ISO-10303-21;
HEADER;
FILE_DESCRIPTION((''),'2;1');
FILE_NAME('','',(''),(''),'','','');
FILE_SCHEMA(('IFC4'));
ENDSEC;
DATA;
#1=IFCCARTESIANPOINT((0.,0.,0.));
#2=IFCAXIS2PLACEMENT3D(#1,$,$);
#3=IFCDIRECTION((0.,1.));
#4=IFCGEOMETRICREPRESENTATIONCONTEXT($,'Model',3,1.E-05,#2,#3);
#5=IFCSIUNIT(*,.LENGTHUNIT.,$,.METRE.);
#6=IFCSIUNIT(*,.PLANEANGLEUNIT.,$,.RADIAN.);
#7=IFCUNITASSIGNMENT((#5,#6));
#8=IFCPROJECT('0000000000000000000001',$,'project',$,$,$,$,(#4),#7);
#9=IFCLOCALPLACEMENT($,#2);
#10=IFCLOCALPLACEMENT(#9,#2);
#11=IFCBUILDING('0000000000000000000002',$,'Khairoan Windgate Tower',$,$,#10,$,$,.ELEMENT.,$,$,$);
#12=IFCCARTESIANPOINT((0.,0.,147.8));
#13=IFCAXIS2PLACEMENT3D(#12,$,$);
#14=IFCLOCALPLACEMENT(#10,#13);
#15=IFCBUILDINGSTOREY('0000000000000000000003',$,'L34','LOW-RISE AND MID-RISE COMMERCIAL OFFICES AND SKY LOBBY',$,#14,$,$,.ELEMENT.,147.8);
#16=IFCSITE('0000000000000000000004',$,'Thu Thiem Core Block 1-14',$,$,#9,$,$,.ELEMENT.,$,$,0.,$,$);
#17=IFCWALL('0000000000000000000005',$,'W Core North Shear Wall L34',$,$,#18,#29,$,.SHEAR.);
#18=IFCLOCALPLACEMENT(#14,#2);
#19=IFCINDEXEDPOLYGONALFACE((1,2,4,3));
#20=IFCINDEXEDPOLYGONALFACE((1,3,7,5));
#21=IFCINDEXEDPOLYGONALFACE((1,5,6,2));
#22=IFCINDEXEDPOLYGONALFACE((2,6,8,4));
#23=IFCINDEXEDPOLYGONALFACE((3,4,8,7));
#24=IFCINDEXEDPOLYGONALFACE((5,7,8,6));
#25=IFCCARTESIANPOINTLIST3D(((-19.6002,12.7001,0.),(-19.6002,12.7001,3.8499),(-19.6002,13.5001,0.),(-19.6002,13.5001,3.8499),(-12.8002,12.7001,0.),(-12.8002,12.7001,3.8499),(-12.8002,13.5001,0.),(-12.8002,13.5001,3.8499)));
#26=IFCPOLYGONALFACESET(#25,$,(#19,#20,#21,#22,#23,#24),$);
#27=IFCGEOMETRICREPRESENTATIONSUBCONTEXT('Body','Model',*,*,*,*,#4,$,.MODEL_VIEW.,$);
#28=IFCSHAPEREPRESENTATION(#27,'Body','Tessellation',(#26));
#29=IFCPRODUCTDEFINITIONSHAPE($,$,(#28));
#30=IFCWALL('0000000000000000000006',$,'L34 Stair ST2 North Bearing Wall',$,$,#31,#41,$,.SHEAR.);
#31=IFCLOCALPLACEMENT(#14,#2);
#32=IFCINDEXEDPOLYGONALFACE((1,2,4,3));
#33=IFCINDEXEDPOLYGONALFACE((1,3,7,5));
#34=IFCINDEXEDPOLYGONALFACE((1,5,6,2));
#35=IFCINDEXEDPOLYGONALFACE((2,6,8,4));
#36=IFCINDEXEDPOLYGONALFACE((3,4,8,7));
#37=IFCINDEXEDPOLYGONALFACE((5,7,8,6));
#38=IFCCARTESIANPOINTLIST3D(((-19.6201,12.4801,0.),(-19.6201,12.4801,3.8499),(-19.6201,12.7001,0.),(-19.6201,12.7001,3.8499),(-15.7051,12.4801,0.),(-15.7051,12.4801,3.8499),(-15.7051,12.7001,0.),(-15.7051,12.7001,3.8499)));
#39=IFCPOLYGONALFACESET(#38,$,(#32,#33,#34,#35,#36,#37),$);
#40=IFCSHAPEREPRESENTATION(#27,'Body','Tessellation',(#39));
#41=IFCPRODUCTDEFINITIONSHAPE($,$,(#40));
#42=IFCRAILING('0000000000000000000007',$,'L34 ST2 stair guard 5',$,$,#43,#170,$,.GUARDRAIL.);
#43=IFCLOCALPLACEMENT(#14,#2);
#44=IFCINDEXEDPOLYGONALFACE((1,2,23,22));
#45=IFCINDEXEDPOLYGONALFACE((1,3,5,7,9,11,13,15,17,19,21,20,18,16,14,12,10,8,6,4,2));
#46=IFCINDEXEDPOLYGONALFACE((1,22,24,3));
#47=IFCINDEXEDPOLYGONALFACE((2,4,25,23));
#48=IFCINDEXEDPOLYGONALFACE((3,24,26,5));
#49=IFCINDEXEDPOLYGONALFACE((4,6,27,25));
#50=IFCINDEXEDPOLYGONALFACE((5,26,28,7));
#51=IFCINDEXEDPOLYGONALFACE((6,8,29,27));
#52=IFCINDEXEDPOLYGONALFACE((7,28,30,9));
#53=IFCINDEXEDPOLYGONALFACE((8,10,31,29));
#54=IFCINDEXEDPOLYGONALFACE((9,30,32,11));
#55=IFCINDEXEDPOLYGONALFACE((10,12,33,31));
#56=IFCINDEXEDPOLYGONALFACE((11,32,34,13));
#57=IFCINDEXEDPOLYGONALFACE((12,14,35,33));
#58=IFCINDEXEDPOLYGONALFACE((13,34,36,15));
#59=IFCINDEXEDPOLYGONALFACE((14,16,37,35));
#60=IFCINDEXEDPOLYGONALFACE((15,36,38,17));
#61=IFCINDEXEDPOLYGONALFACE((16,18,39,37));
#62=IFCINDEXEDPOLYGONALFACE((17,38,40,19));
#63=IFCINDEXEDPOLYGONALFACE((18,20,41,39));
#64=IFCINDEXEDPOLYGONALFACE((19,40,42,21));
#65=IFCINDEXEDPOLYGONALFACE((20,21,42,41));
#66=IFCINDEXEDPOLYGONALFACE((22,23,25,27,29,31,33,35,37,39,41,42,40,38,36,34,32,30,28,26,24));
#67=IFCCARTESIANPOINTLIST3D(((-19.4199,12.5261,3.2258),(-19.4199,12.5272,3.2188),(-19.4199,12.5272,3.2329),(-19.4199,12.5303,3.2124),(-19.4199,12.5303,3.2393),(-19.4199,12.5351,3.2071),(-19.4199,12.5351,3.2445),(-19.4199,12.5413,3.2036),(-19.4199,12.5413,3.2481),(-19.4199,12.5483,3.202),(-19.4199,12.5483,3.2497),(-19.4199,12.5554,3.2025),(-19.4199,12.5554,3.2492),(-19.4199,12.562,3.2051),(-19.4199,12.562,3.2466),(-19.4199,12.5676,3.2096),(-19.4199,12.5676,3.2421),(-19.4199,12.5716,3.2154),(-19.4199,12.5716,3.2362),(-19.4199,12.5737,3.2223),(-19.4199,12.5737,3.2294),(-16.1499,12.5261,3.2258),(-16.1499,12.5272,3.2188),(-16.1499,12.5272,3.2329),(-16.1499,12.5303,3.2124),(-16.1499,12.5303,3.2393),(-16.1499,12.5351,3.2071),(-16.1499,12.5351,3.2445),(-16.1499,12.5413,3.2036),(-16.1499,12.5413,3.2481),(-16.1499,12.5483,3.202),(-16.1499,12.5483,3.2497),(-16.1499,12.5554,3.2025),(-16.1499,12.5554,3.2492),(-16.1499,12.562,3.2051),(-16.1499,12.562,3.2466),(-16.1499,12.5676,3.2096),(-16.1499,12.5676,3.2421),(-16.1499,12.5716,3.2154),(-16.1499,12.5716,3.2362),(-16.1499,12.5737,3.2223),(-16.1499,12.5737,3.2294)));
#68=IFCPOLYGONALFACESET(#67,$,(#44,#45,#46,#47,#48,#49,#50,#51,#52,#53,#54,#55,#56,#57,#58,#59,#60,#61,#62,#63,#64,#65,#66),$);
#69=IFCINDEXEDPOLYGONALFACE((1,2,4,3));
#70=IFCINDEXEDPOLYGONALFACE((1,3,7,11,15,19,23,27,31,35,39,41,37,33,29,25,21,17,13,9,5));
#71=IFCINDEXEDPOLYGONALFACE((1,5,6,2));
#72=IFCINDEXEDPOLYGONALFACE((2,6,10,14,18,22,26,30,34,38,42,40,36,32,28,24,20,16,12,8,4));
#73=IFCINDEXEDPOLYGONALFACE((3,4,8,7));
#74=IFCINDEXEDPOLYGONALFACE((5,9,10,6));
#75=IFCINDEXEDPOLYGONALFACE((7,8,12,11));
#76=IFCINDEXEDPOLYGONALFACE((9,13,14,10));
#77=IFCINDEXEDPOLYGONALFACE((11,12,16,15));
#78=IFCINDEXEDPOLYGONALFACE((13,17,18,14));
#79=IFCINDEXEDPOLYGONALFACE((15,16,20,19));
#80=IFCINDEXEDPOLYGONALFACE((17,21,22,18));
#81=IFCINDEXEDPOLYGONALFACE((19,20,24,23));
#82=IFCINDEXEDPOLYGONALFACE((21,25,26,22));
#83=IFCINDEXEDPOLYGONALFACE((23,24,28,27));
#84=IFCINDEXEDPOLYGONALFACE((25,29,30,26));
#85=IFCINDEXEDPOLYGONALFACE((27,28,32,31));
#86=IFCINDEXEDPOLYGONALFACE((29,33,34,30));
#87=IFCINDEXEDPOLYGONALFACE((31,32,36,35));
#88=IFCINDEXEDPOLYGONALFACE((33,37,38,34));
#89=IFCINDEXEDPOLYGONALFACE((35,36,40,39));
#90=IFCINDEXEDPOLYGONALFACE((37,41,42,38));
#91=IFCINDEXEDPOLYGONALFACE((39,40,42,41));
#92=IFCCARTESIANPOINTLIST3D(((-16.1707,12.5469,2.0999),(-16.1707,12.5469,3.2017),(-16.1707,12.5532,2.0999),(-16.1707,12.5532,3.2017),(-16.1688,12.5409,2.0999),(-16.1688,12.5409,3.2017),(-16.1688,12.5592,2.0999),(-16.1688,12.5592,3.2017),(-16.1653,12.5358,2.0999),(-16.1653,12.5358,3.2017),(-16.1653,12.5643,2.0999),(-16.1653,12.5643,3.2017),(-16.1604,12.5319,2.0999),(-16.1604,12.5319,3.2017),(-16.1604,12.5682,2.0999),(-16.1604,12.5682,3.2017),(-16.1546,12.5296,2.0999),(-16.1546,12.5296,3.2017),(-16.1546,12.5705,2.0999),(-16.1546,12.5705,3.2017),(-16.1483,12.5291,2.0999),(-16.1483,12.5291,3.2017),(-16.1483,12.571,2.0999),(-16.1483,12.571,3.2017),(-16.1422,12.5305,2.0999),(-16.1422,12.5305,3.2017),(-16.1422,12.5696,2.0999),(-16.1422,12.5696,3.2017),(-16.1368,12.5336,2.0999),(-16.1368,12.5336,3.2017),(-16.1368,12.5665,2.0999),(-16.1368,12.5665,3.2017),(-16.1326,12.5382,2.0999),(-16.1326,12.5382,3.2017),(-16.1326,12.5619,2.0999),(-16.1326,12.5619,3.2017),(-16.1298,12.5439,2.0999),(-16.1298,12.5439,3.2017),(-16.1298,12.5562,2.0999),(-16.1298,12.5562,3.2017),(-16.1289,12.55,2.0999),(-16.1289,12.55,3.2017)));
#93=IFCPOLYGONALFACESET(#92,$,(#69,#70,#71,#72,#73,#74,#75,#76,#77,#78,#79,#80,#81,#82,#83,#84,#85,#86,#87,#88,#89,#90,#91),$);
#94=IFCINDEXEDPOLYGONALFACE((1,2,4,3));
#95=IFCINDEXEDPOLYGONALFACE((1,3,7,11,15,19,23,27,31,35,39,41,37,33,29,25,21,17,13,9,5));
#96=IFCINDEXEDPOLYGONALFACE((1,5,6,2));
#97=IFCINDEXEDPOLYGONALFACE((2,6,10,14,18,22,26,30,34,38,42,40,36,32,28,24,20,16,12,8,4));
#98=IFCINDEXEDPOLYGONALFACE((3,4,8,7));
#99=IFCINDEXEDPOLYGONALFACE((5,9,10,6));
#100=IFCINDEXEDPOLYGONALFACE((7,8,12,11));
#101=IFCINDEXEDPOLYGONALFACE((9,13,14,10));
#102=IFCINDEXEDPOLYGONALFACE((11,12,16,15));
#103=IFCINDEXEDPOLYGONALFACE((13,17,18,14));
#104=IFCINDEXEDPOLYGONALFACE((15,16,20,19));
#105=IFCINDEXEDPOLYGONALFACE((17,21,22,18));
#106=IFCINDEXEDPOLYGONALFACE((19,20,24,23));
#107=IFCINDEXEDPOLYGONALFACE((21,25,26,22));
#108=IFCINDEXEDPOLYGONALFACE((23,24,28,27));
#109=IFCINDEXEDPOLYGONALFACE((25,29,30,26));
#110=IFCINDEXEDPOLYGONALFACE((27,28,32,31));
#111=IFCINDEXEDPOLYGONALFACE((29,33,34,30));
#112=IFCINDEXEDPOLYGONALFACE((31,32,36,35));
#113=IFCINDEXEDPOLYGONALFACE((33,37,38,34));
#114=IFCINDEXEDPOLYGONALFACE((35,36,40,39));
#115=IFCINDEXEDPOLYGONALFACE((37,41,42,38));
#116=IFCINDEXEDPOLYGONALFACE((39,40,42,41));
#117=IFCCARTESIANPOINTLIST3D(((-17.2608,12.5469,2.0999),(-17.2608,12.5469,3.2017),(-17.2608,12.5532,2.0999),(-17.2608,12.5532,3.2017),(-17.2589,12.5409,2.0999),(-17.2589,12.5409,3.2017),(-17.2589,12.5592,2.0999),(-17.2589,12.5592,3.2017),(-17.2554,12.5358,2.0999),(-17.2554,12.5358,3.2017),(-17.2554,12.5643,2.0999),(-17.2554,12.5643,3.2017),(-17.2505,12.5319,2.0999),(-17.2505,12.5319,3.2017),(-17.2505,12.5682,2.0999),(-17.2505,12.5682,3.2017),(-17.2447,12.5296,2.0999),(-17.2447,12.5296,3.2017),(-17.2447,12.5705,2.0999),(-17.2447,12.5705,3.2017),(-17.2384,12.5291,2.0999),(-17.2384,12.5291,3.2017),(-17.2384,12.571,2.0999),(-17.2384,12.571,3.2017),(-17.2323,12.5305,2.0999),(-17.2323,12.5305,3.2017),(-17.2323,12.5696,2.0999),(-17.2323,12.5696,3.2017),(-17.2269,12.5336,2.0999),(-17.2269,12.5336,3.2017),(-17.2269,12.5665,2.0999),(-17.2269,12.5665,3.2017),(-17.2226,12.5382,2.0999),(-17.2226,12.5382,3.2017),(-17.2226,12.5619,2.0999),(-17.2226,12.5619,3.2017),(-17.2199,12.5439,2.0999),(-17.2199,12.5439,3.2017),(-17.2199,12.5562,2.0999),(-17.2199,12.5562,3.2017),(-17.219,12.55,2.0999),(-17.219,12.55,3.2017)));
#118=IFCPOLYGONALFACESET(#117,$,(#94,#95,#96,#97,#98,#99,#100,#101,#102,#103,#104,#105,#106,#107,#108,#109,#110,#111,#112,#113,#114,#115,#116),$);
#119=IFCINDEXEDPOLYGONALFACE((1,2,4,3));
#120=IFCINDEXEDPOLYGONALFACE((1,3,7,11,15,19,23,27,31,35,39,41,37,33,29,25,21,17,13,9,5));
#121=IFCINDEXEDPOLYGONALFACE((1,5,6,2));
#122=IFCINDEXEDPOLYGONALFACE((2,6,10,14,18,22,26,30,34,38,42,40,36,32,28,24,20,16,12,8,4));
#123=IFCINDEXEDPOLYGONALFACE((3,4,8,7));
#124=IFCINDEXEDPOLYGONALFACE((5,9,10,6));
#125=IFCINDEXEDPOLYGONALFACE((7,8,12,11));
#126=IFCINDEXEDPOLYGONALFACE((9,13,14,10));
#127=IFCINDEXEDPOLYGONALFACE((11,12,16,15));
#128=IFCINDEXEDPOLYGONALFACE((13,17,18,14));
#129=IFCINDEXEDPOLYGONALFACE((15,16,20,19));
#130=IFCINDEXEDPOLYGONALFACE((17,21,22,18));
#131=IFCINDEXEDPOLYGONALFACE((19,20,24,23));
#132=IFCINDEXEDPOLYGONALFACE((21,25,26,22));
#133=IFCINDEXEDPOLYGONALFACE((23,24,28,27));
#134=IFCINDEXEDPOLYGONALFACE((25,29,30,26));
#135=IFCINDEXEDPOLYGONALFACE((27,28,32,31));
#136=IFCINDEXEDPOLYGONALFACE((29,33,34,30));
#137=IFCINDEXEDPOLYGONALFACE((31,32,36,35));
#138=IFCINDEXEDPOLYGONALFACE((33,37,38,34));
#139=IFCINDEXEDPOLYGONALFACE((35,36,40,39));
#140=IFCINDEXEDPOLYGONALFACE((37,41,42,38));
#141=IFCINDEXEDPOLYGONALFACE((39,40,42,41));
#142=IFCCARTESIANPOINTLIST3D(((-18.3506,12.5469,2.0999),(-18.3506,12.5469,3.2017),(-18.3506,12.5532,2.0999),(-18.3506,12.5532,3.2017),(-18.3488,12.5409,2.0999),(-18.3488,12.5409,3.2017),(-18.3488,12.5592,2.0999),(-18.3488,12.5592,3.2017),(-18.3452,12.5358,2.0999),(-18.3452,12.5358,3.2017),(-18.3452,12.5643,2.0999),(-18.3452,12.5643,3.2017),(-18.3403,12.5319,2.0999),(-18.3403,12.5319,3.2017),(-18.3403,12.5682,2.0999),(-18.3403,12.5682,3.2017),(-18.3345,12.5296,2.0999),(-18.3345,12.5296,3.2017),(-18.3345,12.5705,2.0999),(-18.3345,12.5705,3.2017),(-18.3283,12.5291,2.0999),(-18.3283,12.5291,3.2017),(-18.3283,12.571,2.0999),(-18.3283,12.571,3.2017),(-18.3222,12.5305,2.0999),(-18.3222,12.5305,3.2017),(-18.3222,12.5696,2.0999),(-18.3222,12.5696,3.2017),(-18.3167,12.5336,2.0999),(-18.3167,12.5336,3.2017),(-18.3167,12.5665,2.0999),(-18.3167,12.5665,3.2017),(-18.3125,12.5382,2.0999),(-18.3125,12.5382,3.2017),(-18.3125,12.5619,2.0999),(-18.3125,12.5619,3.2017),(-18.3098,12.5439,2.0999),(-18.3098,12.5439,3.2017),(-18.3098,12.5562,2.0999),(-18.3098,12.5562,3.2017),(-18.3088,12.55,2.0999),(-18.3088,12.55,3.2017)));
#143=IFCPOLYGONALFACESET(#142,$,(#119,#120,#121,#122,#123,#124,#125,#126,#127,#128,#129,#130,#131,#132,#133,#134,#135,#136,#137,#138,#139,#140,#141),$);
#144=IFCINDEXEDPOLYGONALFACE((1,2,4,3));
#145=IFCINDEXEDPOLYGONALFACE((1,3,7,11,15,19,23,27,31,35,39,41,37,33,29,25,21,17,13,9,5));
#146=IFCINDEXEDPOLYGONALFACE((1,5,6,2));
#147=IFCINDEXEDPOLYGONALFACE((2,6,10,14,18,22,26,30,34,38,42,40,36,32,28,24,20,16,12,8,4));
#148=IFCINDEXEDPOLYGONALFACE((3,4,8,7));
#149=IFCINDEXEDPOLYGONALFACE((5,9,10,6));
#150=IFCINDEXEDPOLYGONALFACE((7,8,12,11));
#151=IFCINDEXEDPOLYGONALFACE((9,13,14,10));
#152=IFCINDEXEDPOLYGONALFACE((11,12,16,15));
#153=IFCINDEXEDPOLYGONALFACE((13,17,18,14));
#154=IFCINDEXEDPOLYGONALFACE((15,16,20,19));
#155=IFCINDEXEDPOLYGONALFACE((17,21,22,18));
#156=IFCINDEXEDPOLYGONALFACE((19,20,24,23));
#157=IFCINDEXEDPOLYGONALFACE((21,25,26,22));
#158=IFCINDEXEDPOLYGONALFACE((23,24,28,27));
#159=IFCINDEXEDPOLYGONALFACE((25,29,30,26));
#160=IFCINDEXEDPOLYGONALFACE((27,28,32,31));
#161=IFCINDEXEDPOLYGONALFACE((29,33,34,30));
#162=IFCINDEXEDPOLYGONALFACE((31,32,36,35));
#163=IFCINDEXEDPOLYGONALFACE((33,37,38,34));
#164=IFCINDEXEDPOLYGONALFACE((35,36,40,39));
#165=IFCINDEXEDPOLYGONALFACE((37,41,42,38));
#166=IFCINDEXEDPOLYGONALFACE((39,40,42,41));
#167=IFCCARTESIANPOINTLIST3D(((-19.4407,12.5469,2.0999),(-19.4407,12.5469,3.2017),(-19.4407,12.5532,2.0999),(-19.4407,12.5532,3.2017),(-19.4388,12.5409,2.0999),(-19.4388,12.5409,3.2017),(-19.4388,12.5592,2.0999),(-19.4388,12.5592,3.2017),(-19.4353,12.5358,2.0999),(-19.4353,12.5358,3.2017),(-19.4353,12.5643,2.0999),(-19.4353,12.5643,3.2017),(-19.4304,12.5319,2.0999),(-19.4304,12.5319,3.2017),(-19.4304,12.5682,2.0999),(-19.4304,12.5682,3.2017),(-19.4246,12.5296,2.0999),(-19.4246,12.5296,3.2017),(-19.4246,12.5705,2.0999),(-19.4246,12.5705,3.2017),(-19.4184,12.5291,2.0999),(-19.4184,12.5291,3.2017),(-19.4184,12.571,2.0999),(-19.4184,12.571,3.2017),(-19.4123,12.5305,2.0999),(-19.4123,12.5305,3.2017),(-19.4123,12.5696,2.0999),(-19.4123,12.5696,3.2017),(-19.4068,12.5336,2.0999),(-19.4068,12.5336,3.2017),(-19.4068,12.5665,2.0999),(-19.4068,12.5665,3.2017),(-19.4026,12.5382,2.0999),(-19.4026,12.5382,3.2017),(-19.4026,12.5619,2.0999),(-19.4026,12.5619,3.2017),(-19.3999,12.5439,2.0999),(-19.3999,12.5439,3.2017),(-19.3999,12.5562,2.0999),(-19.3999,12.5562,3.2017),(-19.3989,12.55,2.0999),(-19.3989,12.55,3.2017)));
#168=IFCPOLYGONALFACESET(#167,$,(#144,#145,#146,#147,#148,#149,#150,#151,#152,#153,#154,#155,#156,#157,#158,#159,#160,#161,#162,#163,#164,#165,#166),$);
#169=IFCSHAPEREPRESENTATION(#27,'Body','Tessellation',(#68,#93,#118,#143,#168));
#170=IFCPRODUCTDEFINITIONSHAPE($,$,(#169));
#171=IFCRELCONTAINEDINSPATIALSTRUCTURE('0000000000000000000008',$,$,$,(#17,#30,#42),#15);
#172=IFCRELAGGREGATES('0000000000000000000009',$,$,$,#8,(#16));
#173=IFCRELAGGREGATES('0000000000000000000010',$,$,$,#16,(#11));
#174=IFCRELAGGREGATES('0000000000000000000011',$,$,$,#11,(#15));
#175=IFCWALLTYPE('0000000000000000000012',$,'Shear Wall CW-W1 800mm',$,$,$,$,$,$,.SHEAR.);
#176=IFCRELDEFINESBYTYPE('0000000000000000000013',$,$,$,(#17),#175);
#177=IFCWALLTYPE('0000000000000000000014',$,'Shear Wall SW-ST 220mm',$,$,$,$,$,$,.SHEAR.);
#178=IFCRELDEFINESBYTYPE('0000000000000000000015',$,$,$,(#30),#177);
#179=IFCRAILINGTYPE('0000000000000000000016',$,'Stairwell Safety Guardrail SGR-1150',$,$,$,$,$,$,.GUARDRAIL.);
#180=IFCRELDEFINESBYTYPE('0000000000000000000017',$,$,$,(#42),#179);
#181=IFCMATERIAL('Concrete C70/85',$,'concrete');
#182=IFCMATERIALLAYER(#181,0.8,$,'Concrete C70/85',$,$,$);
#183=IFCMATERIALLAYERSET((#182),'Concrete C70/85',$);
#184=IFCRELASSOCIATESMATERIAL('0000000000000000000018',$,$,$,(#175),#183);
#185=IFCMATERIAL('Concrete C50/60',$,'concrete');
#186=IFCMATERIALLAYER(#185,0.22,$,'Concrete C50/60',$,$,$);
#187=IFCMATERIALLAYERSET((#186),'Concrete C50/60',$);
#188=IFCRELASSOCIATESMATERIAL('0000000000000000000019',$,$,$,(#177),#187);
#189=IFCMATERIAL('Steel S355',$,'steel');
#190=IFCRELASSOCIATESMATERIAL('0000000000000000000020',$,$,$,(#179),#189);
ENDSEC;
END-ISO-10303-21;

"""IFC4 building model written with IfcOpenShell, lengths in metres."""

from ifc_helpers import new_model, si_unit, direction, frame, frame_2d, origin, origin_2d, place, context, subcontext, project, spatial, rectangle, circle, extrude, material, layer, layer_set, type_object, element, save


model = new_model("IFC4")

# Units and contexts
model_context = context("Model", 3, precision=1e-05, world=origin(), true_north=direction((0.0, 1.0)))
body_context = subcontext(model_context, "Body", "Model", "MODEL_VIEW")
ifc_project = project(units=[si_unit("LENGTHUNIT", "METRE"), si_unit("PLANEANGLEUNIT", "RADIAN")], contexts=[model_context])

# Site, building, storey
site_placement = place(None, origin())
site = spatial("IfcSite", under=ifc_project, at=site_placement, Name="Thu Thiem Core Block 1-14", CompositionType="ELEMENT", RefElevation=0.0)
building_placement = place(site_placement, origin())
building = spatial("IfcBuilding", under=site, at=building_placement, Name="Khairoan Windgate Tower", CompositionType="ELEMENT")
storey_placement = place(building_placement, frame((0.0, 0.0, 147.8)))
storey = spatial("IfcBuildingStorey", under=building, at=storey_placement, Name="L34", Description="LOW-RISE AND MID-RISE COMMERCIAL OFFICES AND SKY LOBBY", CompositionType="ELEMENT", Elevation=147.8)

# Walls
ifc_material_1 = material(Name="Concrete C70/85", Category="concrete")
ifc_layer_1 = layer(ifc_material_1, 0.8, Name="Concrete C70/85")
ifc_layer_set_1 = layer_set([ifc_layer_1], Name="Concrete C70/85")
wall_type_1 = type_object("IfcWallType", Name="Shear Wall CW-W1 800mm", PredefinedType="SHEAR", material=ifc_layer_set_1)
wall_1_placement = place(storey_placement, frame((-19.6001, 13.1001, 0.0), z_axis=(0.0, 0.0, 1.0), x_axis=(1.0, 0.0, 0.0)))
element("IfcWall", 1, at=wall_1_placement, inside=storey, type_object=wall_type_1, Name="W Core North Shear Wall L34", PredefinedType="SHEAR", context=body_context, shape_type="SweptSolid", body=[
    extrude(rectangle(XDim=6.8, YDim=0.8, at=frame_2d((3.3999, 0.0))), origin(), (0.0, 0.0, 1.0), 3.8499),
])
ifc_material_2 = material(Name="Concrete C50/60", Category="concrete")
ifc_layer_2 = layer(ifc_material_2, 0.22, Name="Concrete C50/60")
ifc_layer_set_2 = layer_set([ifc_layer_2], Name="Concrete C50/60")
wall_type_2 = type_object("IfcWallType", Name="Shear Wall SW-ST 220mm", PredefinedType="SHEAR", material=ifc_layer_set_2)
wall_2_placement = place(storey_placement, frame((-19.6201, 12.5901, 0.0), z_axis=(0.0, 0.0, 1.0), x_axis=(1.0, 0.0, 0.0)))
element("IfcWall", 2, at=wall_2_placement, inside=storey, type_object=wall_type_2, Name="L34 Stair ST2 North Bearing Wall", PredefinedType="SHEAR", context=body_context, shape_type="SweptSolid", body=[
    extrude(rectangle(XDim=3.915, YDim=0.22, at=frame_2d((1.9575, 0.0))), origin(), (0.0, 0.0, 1.0), 3.8499),
])

# Railing
ifc_material_3 = material(Name="Steel S355", Category="steel")
railing_type = type_object("IfcRailingType", Name="Stairwell Safety Guardrail SGR-1150", PredefinedType="GUARDRAIL", material=ifc_material_3)
railing_1_placement = place(storey_placement, frame((-16.1499, 12.55, 2.0999)))
element("IfcRailing", 3, at=railing_1_placement, inside=storey, type_object=railing_type, Name="L34 ST2 stair guard 5", PredefinedType="GUARDRAIL", context=body_context, shape_type="SweptSolid", body=[
    extrude(circle(Radius=0.0239, at=origin_2d()), frame((0.0, 0.0, 1.126), z_axis=(-1.0, 0.0, 0.0), x_axis=(0.0, -1.0, 0.0)), (0.0, 0.0, 1.0), 3.27),
    extrude(circle(Radius=0.021, at=origin_2d()), origin(), (0.0, 0.0, 1.0), 1.1018),
    extrude(circle(Radius=0.021, at=origin_2d()), frame((-1.0901, 0.0, 0.0)), (0.0, 0.0, 1.0), 1.1018),
    extrude(circle(Radius=0.021, at=origin_2d()), frame((-2.1799, 0.0, 0.0)), (0.0, 0.0, 1.0), 1.1018),
    extrude(circle(Radius=0.021, at=origin_2d()), frame((-3.27, 0.0, 0.0)), (0.0, 0.0, 1.0), 1.1018),
])

save(model, "model.ifc")
